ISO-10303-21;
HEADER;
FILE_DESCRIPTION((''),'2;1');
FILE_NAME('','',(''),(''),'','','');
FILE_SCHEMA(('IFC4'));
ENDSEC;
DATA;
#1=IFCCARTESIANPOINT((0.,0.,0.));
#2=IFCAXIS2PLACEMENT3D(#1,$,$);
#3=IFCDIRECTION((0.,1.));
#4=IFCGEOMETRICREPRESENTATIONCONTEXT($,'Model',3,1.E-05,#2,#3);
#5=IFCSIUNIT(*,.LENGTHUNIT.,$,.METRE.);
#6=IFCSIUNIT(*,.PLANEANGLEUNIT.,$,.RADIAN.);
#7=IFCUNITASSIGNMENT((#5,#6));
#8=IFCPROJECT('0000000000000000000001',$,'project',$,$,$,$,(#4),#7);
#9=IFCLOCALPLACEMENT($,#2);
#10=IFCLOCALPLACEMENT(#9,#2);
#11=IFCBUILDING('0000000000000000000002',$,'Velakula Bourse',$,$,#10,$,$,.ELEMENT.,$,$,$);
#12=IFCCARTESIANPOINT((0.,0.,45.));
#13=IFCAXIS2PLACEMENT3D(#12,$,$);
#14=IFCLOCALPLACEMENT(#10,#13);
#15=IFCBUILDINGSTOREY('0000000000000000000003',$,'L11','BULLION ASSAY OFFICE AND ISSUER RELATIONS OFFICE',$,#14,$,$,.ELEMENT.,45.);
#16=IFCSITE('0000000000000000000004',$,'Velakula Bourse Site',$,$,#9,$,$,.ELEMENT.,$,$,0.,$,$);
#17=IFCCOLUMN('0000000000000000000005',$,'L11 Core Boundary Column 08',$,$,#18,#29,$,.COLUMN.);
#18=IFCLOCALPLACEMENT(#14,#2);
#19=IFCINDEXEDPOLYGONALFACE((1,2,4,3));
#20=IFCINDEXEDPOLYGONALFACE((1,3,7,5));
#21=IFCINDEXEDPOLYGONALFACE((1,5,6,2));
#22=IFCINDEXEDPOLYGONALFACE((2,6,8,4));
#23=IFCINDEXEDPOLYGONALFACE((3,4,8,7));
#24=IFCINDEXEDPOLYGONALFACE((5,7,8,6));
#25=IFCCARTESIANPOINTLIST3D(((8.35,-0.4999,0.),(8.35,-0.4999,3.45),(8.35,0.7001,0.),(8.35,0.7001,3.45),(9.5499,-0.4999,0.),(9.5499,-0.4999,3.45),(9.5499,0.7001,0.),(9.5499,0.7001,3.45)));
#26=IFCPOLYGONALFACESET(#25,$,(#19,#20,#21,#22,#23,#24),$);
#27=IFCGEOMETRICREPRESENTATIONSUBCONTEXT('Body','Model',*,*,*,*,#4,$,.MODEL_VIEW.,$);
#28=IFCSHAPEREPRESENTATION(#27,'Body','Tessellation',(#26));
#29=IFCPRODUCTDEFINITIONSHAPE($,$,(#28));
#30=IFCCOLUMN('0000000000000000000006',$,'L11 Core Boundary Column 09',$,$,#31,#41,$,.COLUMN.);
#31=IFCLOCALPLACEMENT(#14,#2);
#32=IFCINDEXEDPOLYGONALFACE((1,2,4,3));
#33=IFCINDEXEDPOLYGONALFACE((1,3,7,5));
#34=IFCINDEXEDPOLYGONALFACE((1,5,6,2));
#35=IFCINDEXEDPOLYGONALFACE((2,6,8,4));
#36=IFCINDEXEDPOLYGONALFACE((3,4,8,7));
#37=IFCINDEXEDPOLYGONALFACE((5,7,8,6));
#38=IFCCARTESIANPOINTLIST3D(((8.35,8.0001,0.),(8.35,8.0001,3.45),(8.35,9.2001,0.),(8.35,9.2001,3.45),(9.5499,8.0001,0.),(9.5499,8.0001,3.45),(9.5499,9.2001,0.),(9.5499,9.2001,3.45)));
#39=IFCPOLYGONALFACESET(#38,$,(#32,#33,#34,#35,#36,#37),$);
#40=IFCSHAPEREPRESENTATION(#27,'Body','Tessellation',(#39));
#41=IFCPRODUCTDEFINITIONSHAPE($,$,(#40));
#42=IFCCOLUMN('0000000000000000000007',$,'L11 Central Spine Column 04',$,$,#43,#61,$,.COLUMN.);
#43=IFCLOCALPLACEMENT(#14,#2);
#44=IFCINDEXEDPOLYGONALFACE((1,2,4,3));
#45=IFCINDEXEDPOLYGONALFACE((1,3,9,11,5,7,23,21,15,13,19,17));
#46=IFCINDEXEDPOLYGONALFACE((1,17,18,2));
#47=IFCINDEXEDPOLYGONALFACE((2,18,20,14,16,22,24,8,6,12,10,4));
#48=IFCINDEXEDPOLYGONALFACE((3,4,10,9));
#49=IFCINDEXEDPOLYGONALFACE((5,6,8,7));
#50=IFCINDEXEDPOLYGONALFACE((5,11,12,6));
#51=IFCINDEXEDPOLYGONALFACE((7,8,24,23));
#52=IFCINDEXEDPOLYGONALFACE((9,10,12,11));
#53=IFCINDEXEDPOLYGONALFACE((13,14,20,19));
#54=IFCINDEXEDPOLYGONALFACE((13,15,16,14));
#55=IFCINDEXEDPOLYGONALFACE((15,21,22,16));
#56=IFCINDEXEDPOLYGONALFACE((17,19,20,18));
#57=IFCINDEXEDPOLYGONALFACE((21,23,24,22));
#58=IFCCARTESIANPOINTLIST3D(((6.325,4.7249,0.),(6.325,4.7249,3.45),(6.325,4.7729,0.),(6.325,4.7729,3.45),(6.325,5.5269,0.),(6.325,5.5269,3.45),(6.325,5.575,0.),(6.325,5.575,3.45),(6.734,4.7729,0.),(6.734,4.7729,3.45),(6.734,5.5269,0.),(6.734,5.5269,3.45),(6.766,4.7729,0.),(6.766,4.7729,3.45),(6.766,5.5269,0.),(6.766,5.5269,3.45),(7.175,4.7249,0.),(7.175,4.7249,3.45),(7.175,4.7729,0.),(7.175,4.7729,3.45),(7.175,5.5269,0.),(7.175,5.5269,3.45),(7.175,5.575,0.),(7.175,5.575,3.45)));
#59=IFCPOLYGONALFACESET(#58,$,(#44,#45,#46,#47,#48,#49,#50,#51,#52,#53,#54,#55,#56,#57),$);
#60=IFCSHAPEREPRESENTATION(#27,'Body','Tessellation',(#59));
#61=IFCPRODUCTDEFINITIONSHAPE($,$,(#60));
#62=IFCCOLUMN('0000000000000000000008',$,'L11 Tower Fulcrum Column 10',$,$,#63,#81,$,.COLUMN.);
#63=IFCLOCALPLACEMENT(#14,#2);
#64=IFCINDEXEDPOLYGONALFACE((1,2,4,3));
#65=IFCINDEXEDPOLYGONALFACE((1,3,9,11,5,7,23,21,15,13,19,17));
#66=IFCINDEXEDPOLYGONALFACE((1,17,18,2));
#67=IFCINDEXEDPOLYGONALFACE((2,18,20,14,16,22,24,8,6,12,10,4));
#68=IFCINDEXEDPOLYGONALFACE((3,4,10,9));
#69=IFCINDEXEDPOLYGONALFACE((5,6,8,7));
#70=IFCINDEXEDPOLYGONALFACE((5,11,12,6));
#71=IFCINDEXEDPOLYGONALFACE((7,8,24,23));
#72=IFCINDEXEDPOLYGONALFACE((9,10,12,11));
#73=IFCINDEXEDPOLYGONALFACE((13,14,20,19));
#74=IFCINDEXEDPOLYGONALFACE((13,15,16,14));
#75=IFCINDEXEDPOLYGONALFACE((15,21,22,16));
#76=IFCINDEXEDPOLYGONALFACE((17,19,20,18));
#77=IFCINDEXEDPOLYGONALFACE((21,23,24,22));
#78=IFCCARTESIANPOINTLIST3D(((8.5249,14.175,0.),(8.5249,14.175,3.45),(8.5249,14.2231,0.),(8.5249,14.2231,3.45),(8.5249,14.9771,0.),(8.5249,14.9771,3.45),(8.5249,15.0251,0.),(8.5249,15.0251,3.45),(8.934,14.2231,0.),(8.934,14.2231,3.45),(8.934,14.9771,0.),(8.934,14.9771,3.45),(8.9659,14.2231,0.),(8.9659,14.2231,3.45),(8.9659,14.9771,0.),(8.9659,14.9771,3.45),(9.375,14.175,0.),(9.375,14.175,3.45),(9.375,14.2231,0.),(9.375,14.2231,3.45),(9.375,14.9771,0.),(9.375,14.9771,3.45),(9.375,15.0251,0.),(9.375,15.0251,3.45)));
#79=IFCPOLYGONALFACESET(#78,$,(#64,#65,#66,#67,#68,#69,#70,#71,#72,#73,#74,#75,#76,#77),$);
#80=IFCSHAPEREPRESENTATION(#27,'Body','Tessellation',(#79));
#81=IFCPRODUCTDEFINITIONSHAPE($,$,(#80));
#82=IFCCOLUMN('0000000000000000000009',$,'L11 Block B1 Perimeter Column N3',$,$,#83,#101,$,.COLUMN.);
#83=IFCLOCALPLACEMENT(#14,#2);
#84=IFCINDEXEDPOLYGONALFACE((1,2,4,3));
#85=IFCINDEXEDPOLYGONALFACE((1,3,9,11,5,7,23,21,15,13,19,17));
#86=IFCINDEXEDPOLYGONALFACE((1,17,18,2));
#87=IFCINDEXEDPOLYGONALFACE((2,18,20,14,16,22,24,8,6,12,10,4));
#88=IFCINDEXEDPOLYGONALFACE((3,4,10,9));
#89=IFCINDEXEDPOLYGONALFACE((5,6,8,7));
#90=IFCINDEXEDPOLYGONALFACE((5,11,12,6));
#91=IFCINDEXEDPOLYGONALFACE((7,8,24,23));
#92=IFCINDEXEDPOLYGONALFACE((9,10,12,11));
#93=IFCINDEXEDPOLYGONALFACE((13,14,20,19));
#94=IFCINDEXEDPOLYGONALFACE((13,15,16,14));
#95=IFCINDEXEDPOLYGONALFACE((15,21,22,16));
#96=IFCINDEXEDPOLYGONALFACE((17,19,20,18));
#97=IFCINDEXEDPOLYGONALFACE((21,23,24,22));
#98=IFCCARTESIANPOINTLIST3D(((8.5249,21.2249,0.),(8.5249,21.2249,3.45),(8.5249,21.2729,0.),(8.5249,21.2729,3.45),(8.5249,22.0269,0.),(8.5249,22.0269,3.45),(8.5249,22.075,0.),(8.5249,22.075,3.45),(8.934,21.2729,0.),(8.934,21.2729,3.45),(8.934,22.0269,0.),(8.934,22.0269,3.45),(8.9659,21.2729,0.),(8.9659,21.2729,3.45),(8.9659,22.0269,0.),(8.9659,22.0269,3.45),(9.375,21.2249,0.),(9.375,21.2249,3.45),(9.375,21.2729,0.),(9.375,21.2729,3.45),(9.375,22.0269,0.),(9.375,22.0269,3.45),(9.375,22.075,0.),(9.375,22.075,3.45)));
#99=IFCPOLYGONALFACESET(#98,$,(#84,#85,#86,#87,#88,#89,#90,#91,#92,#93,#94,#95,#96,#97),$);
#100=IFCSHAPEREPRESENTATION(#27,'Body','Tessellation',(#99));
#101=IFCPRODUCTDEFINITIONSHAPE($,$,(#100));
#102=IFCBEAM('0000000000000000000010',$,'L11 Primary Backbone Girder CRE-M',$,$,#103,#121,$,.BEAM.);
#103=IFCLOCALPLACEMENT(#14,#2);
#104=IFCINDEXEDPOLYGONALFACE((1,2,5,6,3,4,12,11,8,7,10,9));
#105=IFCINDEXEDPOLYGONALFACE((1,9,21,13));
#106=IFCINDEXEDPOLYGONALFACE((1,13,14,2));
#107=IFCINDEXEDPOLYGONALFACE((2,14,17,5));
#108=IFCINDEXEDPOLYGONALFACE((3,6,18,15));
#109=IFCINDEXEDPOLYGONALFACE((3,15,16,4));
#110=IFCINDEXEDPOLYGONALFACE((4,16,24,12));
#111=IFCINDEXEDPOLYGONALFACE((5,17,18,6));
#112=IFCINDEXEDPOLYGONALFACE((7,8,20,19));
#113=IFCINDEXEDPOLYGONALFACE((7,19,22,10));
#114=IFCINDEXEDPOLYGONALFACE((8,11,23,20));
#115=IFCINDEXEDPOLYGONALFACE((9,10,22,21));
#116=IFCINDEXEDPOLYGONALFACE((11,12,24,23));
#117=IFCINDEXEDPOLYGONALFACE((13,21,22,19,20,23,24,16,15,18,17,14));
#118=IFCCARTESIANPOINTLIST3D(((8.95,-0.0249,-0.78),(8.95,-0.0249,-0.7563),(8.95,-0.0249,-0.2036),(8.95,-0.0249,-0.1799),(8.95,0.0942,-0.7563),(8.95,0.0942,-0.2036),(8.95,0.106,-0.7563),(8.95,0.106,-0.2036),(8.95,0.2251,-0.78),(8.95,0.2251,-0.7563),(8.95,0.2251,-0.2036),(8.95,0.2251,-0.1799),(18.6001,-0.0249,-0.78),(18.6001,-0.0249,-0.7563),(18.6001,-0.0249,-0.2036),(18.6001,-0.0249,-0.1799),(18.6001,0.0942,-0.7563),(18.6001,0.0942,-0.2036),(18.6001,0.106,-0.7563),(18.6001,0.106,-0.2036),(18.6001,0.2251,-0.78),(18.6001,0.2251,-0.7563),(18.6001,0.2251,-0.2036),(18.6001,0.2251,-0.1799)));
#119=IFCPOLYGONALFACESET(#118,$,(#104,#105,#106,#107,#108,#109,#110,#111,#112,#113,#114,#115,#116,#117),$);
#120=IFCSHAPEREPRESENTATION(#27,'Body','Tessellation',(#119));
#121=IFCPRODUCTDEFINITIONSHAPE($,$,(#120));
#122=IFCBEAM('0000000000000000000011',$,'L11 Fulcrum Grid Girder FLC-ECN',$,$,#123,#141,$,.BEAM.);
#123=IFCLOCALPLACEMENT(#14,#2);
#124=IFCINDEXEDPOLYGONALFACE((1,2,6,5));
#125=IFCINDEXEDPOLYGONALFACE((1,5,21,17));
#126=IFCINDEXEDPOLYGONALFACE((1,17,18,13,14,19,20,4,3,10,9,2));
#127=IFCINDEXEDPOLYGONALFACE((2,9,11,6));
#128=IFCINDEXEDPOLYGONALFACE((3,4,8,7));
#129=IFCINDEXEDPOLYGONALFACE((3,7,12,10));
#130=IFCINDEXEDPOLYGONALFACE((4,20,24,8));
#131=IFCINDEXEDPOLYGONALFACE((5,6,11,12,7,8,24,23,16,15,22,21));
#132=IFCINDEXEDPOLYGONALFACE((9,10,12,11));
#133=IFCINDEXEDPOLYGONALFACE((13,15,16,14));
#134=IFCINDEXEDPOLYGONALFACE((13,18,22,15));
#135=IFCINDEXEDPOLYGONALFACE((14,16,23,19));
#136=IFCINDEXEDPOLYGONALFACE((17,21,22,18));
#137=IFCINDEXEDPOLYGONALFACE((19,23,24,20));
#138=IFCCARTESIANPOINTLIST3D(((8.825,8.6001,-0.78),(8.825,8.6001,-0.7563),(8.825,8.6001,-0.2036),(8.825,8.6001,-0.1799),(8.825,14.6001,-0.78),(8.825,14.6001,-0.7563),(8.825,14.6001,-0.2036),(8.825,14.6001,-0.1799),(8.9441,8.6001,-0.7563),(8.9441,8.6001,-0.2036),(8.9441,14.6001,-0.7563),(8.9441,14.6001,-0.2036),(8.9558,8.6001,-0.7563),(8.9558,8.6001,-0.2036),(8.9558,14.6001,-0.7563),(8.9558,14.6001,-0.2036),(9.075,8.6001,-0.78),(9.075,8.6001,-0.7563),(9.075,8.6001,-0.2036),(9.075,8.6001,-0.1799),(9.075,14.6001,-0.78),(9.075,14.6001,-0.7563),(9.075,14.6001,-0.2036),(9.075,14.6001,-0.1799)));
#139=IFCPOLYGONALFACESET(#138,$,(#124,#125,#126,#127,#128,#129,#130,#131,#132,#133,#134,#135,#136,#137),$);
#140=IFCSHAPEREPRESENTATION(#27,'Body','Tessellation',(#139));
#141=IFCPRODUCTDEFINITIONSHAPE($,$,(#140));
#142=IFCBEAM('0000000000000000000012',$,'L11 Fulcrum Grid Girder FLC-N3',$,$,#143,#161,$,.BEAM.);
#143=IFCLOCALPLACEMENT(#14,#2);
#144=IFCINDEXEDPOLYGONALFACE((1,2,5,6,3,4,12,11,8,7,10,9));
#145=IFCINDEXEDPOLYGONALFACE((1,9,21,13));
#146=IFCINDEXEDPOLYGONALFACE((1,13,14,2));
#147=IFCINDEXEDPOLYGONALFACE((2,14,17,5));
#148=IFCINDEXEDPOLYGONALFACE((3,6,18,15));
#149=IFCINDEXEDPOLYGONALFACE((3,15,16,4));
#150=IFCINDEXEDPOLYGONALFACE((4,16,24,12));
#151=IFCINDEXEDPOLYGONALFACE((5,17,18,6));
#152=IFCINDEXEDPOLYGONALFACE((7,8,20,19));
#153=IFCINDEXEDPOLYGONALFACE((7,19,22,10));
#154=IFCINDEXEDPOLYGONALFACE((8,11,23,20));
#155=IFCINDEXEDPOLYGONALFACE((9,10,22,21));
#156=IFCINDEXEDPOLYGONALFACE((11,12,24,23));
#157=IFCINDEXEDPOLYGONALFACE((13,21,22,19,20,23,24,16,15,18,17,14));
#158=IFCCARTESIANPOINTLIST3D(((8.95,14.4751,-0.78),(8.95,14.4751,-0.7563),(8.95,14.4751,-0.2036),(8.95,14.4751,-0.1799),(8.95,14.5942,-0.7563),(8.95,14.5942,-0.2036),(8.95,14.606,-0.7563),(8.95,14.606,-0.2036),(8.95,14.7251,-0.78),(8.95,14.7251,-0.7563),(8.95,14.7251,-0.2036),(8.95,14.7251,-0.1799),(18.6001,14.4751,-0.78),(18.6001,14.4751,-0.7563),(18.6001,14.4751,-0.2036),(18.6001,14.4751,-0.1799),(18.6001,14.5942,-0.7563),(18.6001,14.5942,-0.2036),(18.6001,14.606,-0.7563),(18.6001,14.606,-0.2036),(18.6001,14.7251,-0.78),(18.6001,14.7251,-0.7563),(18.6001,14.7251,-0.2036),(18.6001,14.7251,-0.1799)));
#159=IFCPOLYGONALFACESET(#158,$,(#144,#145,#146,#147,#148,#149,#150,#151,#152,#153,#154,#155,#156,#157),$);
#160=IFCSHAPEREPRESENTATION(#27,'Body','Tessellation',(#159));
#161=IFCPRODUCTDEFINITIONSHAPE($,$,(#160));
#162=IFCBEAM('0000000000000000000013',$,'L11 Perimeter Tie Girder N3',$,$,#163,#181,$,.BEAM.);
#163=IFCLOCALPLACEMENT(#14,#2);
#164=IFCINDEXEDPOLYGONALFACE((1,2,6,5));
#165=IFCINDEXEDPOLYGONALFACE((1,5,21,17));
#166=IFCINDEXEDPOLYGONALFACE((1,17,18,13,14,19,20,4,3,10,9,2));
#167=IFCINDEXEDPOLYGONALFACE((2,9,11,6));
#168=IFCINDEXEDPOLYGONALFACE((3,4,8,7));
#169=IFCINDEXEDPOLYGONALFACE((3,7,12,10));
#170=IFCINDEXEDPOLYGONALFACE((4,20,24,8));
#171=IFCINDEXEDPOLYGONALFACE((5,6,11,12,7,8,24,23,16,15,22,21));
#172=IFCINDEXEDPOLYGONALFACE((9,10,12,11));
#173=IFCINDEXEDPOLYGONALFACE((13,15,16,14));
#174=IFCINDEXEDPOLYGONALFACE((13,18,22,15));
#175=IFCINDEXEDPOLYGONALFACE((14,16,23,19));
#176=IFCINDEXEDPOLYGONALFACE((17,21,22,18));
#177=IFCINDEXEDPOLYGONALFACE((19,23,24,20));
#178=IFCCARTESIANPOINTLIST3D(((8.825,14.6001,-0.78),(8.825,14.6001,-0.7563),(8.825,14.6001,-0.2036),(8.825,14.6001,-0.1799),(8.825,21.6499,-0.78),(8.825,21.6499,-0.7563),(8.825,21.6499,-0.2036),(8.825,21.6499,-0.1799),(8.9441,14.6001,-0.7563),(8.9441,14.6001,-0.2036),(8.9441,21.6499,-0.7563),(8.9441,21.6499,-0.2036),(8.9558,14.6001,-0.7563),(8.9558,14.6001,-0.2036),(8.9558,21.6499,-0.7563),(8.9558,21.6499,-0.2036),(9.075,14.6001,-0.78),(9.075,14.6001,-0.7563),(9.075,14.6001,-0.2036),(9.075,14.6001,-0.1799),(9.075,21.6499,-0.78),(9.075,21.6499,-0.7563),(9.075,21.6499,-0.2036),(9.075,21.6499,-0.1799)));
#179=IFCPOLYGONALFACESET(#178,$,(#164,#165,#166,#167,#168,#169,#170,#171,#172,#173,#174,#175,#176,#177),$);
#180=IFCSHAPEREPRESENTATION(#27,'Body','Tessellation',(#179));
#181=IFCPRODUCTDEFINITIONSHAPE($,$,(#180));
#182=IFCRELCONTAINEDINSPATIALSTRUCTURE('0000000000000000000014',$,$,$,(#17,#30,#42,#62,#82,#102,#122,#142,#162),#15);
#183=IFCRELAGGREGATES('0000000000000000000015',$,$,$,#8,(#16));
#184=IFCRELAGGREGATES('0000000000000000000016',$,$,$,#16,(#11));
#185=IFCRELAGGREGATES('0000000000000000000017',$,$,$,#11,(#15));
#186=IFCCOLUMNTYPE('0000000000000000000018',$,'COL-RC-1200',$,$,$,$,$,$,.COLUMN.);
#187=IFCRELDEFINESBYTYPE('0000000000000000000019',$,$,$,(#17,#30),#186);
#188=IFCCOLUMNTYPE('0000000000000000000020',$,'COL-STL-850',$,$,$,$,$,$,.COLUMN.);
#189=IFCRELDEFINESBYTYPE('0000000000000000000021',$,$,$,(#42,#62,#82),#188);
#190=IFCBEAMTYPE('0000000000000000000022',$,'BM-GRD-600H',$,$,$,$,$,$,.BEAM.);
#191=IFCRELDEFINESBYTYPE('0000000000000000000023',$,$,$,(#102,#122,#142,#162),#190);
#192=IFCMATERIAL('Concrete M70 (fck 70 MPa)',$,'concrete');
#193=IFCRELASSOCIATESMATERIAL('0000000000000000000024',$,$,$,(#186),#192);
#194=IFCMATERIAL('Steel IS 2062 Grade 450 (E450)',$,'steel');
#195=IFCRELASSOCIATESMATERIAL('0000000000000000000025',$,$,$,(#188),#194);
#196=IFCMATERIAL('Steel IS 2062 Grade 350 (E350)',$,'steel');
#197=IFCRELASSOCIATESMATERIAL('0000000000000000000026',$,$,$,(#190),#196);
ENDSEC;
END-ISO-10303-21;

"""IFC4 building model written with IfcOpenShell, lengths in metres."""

from ifc_helpers import new_model, si_unit, direction, frame, origin, origin_2d, place, context, subcontext, project, spatial, rectangle, i_section, extrude, material, material_profile, profile_set, type_object, element, save


model = new_model("IFC4")

# Units and contexts
model_context = context("Model", 3, precision=1e-05, world=origin(), true_north=direction((0.0, 1.0)))
body_context = subcontext(model_context, "Body", "Model", "MODEL_VIEW")
ifc_project = project(units=[si_unit("LENGTHUNIT", "METRE"), si_unit("PLANEANGLEUNIT", "RADIAN")], contexts=[model_context])

# Site, building, storey
site_placement = place(None, origin())
site = spatial("IfcSite", under=ifc_project, at=site_placement, Name="Velakula Bourse Site", CompositionType="ELEMENT", RefElevation=0.0)
building_placement = place(site_placement, origin())
building = spatial("IfcBuilding", under=site, at=building_placement, Name="Velakula Bourse", CompositionType="ELEMENT")
storey_placement = place(building_placement, frame((0.0, 0.0, 45.0)))
storey = spatial("IfcBuildingStorey", under=building, at=storey_placement, Name="L11", Description="BULLION ASSAY OFFICE AND ISSUER RELATIONS OFFICE", CompositionType="ELEMENT", Elevation=45.0)

# Columns
ifc_material_1 = material(Name="Concrete M70 (fck 70 MPa)", Category="concrete")
ifc_material_profile_1 = material_profile(ifc_material_1, rectangle(XDim=1.2, YDim=1.2, at=origin_2d()), Name="Concrete M70 (fck 70 MPa)")
ifc_profile_set_1 = profile_set([ifc_material_profile_1], Name="Concrete M70 (fck 70 MPa)")
column_type_1 = type_object("IfcColumnType", Name="COL-RC-1200", PredefinedType="COLUMN", material=ifc_profile_set_1)
for number, where, z_axis, x_axis, name in (
    (1, (8.95, 0.1001, 0.0), (0.0, 0.0, 1.0), (1.0, 0.0, 0.0), "L11 Core Boundary Column 08"),
    (2, (8.95, 8.6001, 0.0), (0.0, 0.0, 1.0), (1.0, 0.0, 0.0), "L11 Core Boundary Column 09"),
):
    element("IfcColumn", number, at=place(storey_placement, frame(where, z_axis=z_axis, x_axis=x_axis)), inside=storey, type_object=column_type_1, Name=name, PredefinedType="COLUMN", context=body_context, shape_type="SweptSolid", body=[
        extrude(rectangle(XDim=1.2, YDim=1.2, at=origin_2d()), origin(), (0.0, 0.0, 1.0), 3.45),
    ])
ifc_material_2 = material(Name="Steel IS 2062 Grade 450 (E450)", Category="steel")
ifc_material_profile_2 = material_profile(ifc_material_2, i_section(OverallWidth=0.8501, OverallDepth=0.8501, WebThickness=0.032, FlangeThickness=0.0481, at=origin_2d()), Name="Steel IS 2062 Grade 450 (E450)")
ifc_profile_set_2 = profile_set([ifc_material_profile_2], Name="Steel IS 2062 Grade 450 (E450)")
column_type_2 = type_object("IfcColumnType", Name="COL-STL-850", PredefinedType="COLUMN", material=ifc_profile_set_2)
for number, where, z_axis, x_axis, name in (
    (3, (6.75, 5.1499, 0.0), (0.0, 0.0, 1.0), (1.0, 0.0, 0.0), "L11 Central Spine Column 04"),
    (4, (8.95, 14.6001, 0.0), (0.0, 0.0, 1.0), (1.0, 0.0, 0.0), "L11 Tower Fulcrum Column 10"),
    (5, (8.95, 21.6499, 0.0), (0.0, 0.0, 1.0), (1.0, 0.0, 0.0), "L11 Block B1 Perimeter Column N3"),
):
    element("IfcColumn", number, at=place(storey_placement, frame(where, z_axis=z_axis, x_axis=x_axis)), inside=storey, type_object=column_type_2, Name=name, PredefinedType="COLUMN", context=body_context, shape_type="SweptSolid", body=[
        extrude(i_section(OverallWidth=0.8501, OverallDepth=0.8501, WebThickness=0.032, FlangeThickness=0.0481, at=origin_2d()), origin(), (0.0, 0.0, 1.0), 3.45),
    ])

# Beams
ifc_material_3 = material(Name="Steel IS 2062 Grade 350 (E350)", Category="steel")
ifc_material_profile_3 = material_profile(ifc_material_3, i_section(OverallWidth=0.25, OverallDepth=0.6001, WebThickness=0.0117, FlangeThickness=0.0237, at=origin_2d()), Name="Steel IS 2062 Grade 350 (E350)")
ifc_profile_set_3 = profile_set([ifc_material_profile_3], Name="Steel IS 2062 Grade 350 (E350)")
beam_type_1 = type_object("IfcBeamType", Name="BM-GRD-600H", PredefinedType="BEAM", material=ifc_profile_set_3)
beam_1_placement = place(storey_placement, frame((8.95, 0.1001, -0.48), z_axis=(1.0, 0.0, 0.0), x_axis=(0.0, 1.0, 0.0)))
element("IfcBeam", 6, at=beam_1_placement, inside=storey, type_object=beam_type_1, Name="L11 Primary Backbone Girder CRE-M", PredefinedType="BEAM", context=body_context, shape_type="SweptSolid", body=[
    extrude(i_section(OverallWidth=0.25, OverallDepth=0.6001, WebThickness=0.0117, FlangeThickness=0.0237, at=origin_2d()), origin(), (0.0, 0.0, 1.0), 9.6501),
])
beam_2_placement = place(storey_placement, frame((8.95, 8.6001, -0.48), z_axis=(0.0, 1.0, 0.0), x_axis=(-1.0, 0.0, 0.0)))
element("IfcBeam", 7, at=beam_2_placement, inside=storey, type_object=beam_type_1, Name="L11 Fulcrum Grid Girder FLC-ECN", PredefinedType="BEAM", context=body_context, shape_type="SweptSolid", body=[
    extrude(i_section(OverallWidth=0.25, OverallDepth=0.6001, WebThickness=0.0117, FlangeThickness=0.0237, at=origin_2d()), origin(), (0.0, 0.0, 1.0), 6.0),
])
beam_3_placement = place(storey_placement, frame((8.95, 14.6001, -0.48), z_axis=(1.0, 0.0, 0.0), x_axis=(0.0, 1.0, 0.0)))
element("IfcBeam", 8, at=beam_3_placement, inside=storey, type_object=beam_type_1, Name="L11 Fulcrum Grid Girder FLC-N3", PredefinedType="BEAM", context=body_context, shape_type="SweptSolid", body=[
    extrude(i_section(OverallWidth=0.25, OverallDepth=0.6001, WebThickness=0.0117, FlangeThickness=0.0237, at=origin_2d()), origin(), (0.0, 0.0, 1.0), 9.6501),
])
beam_4_placement = place(storey_placement, frame((8.95, 14.6001, -0.48), z_axis=(0.0, 1.0, 0.0), x_axis=(-1.0, 0.0, 0.0)))
element("IfcBeam", 9, at=beam_4_placement, inside=storey, type_object=beam_type_1, Name="L11 Perimeter Tie Girder N3", PredefinedType="BEAM", context=body_context, shape_type="SweptSolid", body=[
    extrude(i_section(OverallWidth=0.25, OverallDepth=0.6001, WebThickness=0.0117, FlangeThickness=0.0237, at=origin_2d()), origin(), (0.0, 0.0, 1.0), 7.0498),
])

save(model, "model.ifc")
